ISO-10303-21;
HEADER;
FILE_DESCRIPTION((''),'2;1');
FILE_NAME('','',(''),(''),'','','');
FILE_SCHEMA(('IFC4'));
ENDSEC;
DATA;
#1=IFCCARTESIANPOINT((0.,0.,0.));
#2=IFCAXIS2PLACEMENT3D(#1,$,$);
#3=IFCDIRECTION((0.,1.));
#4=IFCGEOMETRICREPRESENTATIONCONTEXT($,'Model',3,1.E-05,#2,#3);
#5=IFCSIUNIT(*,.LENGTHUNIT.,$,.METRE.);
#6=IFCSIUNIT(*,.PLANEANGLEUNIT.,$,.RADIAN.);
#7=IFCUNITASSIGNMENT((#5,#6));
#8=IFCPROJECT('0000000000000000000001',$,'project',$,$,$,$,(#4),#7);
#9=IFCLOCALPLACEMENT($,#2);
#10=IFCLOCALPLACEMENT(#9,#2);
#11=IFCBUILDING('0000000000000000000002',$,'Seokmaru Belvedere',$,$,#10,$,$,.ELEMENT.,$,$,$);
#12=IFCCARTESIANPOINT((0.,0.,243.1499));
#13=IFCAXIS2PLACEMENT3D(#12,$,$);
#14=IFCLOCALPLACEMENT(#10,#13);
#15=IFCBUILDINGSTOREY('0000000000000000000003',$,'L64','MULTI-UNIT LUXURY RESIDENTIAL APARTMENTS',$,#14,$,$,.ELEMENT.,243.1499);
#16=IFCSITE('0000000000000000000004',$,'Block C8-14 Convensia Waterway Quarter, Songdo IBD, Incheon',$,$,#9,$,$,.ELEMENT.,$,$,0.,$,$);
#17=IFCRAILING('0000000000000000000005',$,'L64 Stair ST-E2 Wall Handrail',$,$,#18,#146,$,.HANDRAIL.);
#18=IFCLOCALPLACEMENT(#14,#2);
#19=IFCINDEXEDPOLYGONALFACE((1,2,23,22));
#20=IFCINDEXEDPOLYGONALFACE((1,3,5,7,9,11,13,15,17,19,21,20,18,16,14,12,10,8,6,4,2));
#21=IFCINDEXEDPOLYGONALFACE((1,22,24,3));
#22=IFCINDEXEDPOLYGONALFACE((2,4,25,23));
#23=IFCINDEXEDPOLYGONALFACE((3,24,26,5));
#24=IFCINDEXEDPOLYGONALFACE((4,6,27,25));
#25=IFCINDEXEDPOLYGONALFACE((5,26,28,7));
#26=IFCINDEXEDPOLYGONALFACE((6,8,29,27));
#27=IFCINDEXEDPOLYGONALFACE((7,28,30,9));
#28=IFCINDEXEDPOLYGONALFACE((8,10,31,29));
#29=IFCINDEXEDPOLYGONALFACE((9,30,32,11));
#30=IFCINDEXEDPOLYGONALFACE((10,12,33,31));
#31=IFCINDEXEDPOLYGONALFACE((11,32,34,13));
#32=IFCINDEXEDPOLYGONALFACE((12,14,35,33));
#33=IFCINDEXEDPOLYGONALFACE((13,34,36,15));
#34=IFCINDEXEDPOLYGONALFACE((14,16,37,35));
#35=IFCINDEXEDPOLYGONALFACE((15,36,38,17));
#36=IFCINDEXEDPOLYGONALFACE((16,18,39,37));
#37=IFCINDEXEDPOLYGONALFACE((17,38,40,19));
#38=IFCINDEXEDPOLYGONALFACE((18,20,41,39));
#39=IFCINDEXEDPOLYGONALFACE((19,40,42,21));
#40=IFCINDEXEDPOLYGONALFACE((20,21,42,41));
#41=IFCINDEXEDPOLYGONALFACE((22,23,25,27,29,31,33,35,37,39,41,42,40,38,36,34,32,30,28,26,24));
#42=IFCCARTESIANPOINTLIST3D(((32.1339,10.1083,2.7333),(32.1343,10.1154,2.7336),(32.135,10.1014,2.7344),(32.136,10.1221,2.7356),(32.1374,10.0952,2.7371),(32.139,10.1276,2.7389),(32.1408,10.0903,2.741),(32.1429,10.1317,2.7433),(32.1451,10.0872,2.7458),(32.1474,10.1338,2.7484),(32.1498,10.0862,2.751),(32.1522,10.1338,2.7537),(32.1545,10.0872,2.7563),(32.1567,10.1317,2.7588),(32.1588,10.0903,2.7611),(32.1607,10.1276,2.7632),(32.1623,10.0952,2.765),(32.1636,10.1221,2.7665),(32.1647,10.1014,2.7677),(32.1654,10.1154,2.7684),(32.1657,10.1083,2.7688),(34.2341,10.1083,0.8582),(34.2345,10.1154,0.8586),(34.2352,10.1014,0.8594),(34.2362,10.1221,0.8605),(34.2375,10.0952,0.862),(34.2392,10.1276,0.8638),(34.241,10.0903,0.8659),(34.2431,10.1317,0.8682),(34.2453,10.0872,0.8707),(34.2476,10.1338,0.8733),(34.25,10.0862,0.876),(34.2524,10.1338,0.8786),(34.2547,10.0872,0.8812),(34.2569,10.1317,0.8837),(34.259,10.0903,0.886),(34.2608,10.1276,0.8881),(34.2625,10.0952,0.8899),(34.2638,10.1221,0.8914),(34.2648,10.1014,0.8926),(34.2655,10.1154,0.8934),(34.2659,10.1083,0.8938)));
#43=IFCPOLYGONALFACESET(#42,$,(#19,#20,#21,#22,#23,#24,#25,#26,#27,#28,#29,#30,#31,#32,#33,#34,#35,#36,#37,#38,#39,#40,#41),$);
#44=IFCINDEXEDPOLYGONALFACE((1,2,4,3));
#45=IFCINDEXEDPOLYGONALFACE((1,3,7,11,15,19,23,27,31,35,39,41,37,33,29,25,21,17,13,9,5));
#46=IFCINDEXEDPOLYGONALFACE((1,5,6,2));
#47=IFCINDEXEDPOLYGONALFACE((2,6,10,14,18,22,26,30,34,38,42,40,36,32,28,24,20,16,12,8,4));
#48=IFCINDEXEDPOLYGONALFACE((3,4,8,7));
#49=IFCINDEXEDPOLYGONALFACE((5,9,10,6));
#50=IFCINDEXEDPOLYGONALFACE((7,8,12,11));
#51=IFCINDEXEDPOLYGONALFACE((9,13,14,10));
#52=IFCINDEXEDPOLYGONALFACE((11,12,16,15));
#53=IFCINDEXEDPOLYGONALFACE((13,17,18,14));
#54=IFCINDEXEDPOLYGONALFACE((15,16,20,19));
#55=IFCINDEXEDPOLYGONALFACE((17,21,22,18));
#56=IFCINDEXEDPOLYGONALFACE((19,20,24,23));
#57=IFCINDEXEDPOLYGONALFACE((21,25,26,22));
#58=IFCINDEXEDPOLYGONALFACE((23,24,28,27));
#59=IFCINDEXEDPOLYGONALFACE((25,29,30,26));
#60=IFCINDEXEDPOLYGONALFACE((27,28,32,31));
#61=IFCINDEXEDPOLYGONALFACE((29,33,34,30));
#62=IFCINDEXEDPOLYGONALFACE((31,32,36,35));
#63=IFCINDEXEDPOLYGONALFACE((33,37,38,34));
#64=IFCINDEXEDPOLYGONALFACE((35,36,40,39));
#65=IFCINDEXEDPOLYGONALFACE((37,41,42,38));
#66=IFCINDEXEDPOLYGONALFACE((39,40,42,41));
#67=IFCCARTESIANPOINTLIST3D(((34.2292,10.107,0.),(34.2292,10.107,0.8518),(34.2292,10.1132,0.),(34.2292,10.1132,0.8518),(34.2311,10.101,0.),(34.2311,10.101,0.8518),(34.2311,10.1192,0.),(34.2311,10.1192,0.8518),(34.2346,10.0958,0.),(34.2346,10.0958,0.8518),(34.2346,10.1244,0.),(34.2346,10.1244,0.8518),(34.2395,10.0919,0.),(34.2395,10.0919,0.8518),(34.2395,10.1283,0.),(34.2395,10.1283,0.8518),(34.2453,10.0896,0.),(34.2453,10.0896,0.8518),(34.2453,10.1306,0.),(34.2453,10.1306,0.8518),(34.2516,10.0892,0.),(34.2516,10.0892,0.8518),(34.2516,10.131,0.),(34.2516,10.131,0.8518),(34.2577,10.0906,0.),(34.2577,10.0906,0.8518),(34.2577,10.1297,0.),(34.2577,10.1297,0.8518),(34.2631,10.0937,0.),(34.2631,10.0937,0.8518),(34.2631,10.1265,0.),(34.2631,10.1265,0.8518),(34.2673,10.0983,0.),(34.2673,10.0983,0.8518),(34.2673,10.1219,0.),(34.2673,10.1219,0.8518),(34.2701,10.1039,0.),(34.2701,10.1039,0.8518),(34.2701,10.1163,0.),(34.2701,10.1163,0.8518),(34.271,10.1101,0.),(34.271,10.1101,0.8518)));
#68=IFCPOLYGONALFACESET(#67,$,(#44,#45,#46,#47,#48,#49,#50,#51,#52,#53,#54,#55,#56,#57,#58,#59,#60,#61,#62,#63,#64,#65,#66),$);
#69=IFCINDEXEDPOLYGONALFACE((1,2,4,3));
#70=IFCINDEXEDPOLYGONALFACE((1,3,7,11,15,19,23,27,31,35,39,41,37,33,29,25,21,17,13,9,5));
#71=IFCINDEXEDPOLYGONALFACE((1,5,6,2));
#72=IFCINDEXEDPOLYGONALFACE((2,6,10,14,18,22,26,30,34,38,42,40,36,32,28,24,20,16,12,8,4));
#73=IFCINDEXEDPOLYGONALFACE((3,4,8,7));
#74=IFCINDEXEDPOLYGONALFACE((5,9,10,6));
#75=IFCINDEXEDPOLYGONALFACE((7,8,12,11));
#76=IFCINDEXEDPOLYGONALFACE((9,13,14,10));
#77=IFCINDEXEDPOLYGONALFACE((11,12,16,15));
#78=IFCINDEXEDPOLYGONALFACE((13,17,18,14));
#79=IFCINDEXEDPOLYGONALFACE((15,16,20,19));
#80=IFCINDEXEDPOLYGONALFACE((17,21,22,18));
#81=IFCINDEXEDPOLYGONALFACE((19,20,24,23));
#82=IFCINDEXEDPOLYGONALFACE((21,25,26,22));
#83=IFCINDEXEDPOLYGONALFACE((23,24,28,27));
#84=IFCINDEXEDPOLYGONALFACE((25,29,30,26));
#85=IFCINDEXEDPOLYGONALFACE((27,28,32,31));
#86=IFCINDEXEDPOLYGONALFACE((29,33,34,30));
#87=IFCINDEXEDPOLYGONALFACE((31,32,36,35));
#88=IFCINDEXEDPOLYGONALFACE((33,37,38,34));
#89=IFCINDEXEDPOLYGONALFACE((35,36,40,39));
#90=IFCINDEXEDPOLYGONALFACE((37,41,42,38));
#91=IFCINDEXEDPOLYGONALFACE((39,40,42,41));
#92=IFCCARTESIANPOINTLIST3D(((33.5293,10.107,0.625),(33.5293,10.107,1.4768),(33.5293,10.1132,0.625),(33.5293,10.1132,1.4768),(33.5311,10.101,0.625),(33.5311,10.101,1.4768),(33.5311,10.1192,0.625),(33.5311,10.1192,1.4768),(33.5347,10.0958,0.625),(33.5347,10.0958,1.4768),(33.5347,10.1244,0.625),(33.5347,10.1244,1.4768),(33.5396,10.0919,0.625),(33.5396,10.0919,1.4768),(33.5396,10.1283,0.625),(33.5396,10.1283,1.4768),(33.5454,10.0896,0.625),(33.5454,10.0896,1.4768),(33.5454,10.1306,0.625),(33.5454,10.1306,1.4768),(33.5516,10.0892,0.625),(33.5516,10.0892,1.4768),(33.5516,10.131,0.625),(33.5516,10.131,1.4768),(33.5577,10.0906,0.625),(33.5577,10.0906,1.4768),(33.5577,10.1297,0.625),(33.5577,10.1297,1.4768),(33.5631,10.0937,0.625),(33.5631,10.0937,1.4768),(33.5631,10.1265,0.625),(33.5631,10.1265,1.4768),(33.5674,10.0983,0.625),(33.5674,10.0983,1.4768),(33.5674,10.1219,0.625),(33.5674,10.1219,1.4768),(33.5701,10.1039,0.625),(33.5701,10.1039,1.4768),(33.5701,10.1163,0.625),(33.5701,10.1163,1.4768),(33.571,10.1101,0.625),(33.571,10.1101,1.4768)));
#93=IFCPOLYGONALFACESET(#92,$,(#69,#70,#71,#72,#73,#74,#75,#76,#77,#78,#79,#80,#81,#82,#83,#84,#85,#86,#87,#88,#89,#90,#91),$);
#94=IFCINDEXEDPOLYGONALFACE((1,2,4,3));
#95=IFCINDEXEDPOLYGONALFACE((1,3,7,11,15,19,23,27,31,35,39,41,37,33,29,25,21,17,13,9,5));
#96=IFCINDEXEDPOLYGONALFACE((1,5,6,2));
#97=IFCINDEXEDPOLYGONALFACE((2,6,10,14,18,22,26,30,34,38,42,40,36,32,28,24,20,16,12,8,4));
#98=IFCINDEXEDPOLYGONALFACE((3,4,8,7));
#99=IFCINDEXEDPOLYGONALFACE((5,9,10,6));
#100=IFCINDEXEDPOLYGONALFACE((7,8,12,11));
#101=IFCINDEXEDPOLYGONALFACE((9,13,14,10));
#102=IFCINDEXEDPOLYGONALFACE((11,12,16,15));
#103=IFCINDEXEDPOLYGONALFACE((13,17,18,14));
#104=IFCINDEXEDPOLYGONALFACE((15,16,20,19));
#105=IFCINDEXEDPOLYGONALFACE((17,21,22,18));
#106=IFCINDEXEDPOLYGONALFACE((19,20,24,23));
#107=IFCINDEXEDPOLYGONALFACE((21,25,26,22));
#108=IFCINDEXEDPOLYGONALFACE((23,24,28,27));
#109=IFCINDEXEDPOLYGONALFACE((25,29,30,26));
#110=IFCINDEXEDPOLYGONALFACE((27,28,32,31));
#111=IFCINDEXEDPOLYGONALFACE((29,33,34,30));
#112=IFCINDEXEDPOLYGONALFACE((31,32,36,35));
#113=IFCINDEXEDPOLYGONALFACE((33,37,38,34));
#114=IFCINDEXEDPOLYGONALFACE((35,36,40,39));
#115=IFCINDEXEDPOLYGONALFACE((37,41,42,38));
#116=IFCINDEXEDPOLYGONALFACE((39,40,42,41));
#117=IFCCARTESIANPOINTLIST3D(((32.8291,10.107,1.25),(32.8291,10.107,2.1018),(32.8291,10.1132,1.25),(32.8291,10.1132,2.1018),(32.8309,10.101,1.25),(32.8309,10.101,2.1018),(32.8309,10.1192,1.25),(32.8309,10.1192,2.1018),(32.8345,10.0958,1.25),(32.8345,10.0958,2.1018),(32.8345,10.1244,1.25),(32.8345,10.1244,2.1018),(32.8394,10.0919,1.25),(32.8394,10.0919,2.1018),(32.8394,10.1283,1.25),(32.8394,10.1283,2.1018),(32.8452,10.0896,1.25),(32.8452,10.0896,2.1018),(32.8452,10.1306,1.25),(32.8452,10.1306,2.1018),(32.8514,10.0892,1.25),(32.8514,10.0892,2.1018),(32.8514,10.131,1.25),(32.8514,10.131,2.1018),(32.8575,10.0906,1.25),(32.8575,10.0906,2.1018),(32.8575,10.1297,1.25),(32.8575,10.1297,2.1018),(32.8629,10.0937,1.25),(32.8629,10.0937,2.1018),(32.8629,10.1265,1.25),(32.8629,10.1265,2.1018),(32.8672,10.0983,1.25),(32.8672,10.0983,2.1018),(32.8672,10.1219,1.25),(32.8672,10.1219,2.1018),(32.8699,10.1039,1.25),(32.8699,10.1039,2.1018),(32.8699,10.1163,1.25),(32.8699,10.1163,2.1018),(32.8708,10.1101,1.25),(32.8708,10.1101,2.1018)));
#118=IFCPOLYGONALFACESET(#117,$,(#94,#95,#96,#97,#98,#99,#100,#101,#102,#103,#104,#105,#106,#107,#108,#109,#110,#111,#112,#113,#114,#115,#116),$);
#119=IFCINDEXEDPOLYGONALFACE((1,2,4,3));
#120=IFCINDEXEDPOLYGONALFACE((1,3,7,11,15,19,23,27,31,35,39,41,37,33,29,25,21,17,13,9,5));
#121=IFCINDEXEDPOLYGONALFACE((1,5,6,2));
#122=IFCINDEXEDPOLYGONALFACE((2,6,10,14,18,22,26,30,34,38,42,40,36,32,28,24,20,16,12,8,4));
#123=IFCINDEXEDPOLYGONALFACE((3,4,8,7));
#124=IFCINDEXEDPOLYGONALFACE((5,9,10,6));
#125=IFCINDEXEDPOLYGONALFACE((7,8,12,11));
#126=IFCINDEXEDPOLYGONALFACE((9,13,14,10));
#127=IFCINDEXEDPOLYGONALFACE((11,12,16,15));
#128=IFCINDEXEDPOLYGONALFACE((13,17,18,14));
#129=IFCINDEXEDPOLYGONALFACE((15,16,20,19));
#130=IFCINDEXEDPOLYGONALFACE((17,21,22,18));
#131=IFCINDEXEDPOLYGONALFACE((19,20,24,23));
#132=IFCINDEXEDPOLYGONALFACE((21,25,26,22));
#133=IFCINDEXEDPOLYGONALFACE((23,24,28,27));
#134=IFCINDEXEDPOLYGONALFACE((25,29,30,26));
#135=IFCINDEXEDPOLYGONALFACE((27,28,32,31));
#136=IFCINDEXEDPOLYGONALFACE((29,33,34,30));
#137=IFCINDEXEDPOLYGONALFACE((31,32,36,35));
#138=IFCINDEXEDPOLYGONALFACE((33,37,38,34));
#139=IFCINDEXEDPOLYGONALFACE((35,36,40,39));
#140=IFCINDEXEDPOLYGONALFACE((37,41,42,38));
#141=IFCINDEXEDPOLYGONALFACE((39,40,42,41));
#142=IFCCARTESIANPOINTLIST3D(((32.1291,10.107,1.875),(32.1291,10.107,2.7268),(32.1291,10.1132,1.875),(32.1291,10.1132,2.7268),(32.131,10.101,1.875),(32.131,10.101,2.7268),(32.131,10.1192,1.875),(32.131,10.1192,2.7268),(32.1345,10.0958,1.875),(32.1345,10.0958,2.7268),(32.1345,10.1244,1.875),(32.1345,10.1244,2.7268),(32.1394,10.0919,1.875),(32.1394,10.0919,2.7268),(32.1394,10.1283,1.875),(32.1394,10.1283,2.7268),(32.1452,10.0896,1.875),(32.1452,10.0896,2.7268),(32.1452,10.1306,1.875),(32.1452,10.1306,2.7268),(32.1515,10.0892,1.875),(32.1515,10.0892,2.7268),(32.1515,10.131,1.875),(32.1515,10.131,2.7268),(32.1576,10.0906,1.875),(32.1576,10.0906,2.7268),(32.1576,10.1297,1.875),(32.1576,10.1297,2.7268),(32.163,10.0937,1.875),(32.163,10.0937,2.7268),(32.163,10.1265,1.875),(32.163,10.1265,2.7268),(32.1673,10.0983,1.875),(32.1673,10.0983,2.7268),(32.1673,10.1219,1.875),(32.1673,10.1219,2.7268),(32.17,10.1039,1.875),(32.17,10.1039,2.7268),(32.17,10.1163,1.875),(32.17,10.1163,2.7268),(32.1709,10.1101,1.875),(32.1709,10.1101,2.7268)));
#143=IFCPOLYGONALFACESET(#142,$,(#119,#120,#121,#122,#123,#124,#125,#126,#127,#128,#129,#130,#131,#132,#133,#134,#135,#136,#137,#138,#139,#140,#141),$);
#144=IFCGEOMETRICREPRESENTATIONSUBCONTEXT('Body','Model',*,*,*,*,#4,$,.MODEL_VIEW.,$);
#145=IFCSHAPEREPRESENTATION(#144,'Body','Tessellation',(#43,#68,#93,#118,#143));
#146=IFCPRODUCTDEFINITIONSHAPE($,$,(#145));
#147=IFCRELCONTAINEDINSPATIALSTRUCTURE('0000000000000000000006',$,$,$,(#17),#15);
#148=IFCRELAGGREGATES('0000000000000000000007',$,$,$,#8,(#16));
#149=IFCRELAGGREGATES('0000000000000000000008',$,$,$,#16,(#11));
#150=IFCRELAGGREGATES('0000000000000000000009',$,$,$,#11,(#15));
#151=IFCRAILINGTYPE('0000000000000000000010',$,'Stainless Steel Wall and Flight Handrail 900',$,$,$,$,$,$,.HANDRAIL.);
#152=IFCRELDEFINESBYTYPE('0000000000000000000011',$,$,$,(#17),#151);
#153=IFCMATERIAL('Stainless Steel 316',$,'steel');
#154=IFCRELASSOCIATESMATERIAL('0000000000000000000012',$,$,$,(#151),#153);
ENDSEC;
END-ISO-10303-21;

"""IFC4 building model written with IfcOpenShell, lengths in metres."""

from ifc_helpers import new_model, si_unit, direction, frame, origin, origin_2d, place, context, subcontext, project, spatial, circle, extrude, material, type_object, element, save


model = new_model("IFC4")

# Units and contexts
model_context = context("Model", 3, precision=1e-05, world=origin(), true_north=direction((0.0, 1.0)))
body_context = subcontext(model_context, "Body", "Model", "MODEL_VIEW")
ifc_project = project(units=[si_unit("LENGTHUNIT", "METRE"), si_unit("PLANEANGLEUNIT", "RADIAN")], contexts=[model_context])

# Site, building, storey
site_placement = place(None, origin())
site = spatial("IfcSite", under=ifc_project, at=site_placement, Name="Block C8-14 Convensia Waterway Quarter, Songdo IBD, Incheon", CompositionType="ELEMENT", RefElevation=0.0)
building_placement = place(site_placement, origin())
building = spatial("IfcBuilding", under=site, at=building_placement, Name="Seokmaru Belvedere", CompositionType="ELEMENT")
storey_placement = place(building_placement, frame((0.0, 0.0, 243.1499)))
storey = spatial("IfcBuildingStorey", under=building, at=storey_placement, Name="L64", Description="MULTI-UNIT LUXURY RESIDENTIAL APARTMENTS", CompositionType="ELEMENT", Elevation=243.1499)

# Shared definitions
ifc_material_1 = material(Name="Stainless Steel 316", Category="steel")

# Railing
railing_type_1 = type_object("IfcRailingType", Name="Stainless Steel Wall and Flight Handrail 900", PredefinedType="HANDRAIL", material=ifc_material_1)
railing_1_placement = place(storey_placement, frame((34.25, 10.1101, 0.0)))
element("IfcRailing", 1, at=railing_1_placement, inside=storey, type_object=railing_type_1, Name="L64 Stair ST-E2 Wall Handrail", PredefinedType="HANDRAIL", context=body_context, shape_type="SweptSolid", body=[
    extrude(circle(Radius=0.0239, at=origin_2d()), frame((0.0, 0.0, 0.876), z_axis=(-0.745953, 0.0, 0.665999), x_axis=(0.0, -1.0, 0.0)), (0.0, 0.0, 1.0), 2.8154),
    extrude(circle(Radius=0.021, at=origin_2d()), origin(), (0.0, 0.0, 1.0), 0.8518),
    extrude(circle(Radius=0.021, at=origin_2d()), frame((-0.7, 0.0, 0.625)), (0.0, 0.0, 1.0), 0.8518),
    extrude(circle(Radius=0.021, at=origin_2d()), frame((-1.4001, 0.0, 1.25)), (0.0, 0.0, 1.0), 0.8518),
    extrude(circle(Radius=0.021, at=origin_2d()), frame((-2.1001, 0.0, 1.875)), (0.0, 0.0, 1.0), 0.8518),
])

save(model, "model.ifc")
